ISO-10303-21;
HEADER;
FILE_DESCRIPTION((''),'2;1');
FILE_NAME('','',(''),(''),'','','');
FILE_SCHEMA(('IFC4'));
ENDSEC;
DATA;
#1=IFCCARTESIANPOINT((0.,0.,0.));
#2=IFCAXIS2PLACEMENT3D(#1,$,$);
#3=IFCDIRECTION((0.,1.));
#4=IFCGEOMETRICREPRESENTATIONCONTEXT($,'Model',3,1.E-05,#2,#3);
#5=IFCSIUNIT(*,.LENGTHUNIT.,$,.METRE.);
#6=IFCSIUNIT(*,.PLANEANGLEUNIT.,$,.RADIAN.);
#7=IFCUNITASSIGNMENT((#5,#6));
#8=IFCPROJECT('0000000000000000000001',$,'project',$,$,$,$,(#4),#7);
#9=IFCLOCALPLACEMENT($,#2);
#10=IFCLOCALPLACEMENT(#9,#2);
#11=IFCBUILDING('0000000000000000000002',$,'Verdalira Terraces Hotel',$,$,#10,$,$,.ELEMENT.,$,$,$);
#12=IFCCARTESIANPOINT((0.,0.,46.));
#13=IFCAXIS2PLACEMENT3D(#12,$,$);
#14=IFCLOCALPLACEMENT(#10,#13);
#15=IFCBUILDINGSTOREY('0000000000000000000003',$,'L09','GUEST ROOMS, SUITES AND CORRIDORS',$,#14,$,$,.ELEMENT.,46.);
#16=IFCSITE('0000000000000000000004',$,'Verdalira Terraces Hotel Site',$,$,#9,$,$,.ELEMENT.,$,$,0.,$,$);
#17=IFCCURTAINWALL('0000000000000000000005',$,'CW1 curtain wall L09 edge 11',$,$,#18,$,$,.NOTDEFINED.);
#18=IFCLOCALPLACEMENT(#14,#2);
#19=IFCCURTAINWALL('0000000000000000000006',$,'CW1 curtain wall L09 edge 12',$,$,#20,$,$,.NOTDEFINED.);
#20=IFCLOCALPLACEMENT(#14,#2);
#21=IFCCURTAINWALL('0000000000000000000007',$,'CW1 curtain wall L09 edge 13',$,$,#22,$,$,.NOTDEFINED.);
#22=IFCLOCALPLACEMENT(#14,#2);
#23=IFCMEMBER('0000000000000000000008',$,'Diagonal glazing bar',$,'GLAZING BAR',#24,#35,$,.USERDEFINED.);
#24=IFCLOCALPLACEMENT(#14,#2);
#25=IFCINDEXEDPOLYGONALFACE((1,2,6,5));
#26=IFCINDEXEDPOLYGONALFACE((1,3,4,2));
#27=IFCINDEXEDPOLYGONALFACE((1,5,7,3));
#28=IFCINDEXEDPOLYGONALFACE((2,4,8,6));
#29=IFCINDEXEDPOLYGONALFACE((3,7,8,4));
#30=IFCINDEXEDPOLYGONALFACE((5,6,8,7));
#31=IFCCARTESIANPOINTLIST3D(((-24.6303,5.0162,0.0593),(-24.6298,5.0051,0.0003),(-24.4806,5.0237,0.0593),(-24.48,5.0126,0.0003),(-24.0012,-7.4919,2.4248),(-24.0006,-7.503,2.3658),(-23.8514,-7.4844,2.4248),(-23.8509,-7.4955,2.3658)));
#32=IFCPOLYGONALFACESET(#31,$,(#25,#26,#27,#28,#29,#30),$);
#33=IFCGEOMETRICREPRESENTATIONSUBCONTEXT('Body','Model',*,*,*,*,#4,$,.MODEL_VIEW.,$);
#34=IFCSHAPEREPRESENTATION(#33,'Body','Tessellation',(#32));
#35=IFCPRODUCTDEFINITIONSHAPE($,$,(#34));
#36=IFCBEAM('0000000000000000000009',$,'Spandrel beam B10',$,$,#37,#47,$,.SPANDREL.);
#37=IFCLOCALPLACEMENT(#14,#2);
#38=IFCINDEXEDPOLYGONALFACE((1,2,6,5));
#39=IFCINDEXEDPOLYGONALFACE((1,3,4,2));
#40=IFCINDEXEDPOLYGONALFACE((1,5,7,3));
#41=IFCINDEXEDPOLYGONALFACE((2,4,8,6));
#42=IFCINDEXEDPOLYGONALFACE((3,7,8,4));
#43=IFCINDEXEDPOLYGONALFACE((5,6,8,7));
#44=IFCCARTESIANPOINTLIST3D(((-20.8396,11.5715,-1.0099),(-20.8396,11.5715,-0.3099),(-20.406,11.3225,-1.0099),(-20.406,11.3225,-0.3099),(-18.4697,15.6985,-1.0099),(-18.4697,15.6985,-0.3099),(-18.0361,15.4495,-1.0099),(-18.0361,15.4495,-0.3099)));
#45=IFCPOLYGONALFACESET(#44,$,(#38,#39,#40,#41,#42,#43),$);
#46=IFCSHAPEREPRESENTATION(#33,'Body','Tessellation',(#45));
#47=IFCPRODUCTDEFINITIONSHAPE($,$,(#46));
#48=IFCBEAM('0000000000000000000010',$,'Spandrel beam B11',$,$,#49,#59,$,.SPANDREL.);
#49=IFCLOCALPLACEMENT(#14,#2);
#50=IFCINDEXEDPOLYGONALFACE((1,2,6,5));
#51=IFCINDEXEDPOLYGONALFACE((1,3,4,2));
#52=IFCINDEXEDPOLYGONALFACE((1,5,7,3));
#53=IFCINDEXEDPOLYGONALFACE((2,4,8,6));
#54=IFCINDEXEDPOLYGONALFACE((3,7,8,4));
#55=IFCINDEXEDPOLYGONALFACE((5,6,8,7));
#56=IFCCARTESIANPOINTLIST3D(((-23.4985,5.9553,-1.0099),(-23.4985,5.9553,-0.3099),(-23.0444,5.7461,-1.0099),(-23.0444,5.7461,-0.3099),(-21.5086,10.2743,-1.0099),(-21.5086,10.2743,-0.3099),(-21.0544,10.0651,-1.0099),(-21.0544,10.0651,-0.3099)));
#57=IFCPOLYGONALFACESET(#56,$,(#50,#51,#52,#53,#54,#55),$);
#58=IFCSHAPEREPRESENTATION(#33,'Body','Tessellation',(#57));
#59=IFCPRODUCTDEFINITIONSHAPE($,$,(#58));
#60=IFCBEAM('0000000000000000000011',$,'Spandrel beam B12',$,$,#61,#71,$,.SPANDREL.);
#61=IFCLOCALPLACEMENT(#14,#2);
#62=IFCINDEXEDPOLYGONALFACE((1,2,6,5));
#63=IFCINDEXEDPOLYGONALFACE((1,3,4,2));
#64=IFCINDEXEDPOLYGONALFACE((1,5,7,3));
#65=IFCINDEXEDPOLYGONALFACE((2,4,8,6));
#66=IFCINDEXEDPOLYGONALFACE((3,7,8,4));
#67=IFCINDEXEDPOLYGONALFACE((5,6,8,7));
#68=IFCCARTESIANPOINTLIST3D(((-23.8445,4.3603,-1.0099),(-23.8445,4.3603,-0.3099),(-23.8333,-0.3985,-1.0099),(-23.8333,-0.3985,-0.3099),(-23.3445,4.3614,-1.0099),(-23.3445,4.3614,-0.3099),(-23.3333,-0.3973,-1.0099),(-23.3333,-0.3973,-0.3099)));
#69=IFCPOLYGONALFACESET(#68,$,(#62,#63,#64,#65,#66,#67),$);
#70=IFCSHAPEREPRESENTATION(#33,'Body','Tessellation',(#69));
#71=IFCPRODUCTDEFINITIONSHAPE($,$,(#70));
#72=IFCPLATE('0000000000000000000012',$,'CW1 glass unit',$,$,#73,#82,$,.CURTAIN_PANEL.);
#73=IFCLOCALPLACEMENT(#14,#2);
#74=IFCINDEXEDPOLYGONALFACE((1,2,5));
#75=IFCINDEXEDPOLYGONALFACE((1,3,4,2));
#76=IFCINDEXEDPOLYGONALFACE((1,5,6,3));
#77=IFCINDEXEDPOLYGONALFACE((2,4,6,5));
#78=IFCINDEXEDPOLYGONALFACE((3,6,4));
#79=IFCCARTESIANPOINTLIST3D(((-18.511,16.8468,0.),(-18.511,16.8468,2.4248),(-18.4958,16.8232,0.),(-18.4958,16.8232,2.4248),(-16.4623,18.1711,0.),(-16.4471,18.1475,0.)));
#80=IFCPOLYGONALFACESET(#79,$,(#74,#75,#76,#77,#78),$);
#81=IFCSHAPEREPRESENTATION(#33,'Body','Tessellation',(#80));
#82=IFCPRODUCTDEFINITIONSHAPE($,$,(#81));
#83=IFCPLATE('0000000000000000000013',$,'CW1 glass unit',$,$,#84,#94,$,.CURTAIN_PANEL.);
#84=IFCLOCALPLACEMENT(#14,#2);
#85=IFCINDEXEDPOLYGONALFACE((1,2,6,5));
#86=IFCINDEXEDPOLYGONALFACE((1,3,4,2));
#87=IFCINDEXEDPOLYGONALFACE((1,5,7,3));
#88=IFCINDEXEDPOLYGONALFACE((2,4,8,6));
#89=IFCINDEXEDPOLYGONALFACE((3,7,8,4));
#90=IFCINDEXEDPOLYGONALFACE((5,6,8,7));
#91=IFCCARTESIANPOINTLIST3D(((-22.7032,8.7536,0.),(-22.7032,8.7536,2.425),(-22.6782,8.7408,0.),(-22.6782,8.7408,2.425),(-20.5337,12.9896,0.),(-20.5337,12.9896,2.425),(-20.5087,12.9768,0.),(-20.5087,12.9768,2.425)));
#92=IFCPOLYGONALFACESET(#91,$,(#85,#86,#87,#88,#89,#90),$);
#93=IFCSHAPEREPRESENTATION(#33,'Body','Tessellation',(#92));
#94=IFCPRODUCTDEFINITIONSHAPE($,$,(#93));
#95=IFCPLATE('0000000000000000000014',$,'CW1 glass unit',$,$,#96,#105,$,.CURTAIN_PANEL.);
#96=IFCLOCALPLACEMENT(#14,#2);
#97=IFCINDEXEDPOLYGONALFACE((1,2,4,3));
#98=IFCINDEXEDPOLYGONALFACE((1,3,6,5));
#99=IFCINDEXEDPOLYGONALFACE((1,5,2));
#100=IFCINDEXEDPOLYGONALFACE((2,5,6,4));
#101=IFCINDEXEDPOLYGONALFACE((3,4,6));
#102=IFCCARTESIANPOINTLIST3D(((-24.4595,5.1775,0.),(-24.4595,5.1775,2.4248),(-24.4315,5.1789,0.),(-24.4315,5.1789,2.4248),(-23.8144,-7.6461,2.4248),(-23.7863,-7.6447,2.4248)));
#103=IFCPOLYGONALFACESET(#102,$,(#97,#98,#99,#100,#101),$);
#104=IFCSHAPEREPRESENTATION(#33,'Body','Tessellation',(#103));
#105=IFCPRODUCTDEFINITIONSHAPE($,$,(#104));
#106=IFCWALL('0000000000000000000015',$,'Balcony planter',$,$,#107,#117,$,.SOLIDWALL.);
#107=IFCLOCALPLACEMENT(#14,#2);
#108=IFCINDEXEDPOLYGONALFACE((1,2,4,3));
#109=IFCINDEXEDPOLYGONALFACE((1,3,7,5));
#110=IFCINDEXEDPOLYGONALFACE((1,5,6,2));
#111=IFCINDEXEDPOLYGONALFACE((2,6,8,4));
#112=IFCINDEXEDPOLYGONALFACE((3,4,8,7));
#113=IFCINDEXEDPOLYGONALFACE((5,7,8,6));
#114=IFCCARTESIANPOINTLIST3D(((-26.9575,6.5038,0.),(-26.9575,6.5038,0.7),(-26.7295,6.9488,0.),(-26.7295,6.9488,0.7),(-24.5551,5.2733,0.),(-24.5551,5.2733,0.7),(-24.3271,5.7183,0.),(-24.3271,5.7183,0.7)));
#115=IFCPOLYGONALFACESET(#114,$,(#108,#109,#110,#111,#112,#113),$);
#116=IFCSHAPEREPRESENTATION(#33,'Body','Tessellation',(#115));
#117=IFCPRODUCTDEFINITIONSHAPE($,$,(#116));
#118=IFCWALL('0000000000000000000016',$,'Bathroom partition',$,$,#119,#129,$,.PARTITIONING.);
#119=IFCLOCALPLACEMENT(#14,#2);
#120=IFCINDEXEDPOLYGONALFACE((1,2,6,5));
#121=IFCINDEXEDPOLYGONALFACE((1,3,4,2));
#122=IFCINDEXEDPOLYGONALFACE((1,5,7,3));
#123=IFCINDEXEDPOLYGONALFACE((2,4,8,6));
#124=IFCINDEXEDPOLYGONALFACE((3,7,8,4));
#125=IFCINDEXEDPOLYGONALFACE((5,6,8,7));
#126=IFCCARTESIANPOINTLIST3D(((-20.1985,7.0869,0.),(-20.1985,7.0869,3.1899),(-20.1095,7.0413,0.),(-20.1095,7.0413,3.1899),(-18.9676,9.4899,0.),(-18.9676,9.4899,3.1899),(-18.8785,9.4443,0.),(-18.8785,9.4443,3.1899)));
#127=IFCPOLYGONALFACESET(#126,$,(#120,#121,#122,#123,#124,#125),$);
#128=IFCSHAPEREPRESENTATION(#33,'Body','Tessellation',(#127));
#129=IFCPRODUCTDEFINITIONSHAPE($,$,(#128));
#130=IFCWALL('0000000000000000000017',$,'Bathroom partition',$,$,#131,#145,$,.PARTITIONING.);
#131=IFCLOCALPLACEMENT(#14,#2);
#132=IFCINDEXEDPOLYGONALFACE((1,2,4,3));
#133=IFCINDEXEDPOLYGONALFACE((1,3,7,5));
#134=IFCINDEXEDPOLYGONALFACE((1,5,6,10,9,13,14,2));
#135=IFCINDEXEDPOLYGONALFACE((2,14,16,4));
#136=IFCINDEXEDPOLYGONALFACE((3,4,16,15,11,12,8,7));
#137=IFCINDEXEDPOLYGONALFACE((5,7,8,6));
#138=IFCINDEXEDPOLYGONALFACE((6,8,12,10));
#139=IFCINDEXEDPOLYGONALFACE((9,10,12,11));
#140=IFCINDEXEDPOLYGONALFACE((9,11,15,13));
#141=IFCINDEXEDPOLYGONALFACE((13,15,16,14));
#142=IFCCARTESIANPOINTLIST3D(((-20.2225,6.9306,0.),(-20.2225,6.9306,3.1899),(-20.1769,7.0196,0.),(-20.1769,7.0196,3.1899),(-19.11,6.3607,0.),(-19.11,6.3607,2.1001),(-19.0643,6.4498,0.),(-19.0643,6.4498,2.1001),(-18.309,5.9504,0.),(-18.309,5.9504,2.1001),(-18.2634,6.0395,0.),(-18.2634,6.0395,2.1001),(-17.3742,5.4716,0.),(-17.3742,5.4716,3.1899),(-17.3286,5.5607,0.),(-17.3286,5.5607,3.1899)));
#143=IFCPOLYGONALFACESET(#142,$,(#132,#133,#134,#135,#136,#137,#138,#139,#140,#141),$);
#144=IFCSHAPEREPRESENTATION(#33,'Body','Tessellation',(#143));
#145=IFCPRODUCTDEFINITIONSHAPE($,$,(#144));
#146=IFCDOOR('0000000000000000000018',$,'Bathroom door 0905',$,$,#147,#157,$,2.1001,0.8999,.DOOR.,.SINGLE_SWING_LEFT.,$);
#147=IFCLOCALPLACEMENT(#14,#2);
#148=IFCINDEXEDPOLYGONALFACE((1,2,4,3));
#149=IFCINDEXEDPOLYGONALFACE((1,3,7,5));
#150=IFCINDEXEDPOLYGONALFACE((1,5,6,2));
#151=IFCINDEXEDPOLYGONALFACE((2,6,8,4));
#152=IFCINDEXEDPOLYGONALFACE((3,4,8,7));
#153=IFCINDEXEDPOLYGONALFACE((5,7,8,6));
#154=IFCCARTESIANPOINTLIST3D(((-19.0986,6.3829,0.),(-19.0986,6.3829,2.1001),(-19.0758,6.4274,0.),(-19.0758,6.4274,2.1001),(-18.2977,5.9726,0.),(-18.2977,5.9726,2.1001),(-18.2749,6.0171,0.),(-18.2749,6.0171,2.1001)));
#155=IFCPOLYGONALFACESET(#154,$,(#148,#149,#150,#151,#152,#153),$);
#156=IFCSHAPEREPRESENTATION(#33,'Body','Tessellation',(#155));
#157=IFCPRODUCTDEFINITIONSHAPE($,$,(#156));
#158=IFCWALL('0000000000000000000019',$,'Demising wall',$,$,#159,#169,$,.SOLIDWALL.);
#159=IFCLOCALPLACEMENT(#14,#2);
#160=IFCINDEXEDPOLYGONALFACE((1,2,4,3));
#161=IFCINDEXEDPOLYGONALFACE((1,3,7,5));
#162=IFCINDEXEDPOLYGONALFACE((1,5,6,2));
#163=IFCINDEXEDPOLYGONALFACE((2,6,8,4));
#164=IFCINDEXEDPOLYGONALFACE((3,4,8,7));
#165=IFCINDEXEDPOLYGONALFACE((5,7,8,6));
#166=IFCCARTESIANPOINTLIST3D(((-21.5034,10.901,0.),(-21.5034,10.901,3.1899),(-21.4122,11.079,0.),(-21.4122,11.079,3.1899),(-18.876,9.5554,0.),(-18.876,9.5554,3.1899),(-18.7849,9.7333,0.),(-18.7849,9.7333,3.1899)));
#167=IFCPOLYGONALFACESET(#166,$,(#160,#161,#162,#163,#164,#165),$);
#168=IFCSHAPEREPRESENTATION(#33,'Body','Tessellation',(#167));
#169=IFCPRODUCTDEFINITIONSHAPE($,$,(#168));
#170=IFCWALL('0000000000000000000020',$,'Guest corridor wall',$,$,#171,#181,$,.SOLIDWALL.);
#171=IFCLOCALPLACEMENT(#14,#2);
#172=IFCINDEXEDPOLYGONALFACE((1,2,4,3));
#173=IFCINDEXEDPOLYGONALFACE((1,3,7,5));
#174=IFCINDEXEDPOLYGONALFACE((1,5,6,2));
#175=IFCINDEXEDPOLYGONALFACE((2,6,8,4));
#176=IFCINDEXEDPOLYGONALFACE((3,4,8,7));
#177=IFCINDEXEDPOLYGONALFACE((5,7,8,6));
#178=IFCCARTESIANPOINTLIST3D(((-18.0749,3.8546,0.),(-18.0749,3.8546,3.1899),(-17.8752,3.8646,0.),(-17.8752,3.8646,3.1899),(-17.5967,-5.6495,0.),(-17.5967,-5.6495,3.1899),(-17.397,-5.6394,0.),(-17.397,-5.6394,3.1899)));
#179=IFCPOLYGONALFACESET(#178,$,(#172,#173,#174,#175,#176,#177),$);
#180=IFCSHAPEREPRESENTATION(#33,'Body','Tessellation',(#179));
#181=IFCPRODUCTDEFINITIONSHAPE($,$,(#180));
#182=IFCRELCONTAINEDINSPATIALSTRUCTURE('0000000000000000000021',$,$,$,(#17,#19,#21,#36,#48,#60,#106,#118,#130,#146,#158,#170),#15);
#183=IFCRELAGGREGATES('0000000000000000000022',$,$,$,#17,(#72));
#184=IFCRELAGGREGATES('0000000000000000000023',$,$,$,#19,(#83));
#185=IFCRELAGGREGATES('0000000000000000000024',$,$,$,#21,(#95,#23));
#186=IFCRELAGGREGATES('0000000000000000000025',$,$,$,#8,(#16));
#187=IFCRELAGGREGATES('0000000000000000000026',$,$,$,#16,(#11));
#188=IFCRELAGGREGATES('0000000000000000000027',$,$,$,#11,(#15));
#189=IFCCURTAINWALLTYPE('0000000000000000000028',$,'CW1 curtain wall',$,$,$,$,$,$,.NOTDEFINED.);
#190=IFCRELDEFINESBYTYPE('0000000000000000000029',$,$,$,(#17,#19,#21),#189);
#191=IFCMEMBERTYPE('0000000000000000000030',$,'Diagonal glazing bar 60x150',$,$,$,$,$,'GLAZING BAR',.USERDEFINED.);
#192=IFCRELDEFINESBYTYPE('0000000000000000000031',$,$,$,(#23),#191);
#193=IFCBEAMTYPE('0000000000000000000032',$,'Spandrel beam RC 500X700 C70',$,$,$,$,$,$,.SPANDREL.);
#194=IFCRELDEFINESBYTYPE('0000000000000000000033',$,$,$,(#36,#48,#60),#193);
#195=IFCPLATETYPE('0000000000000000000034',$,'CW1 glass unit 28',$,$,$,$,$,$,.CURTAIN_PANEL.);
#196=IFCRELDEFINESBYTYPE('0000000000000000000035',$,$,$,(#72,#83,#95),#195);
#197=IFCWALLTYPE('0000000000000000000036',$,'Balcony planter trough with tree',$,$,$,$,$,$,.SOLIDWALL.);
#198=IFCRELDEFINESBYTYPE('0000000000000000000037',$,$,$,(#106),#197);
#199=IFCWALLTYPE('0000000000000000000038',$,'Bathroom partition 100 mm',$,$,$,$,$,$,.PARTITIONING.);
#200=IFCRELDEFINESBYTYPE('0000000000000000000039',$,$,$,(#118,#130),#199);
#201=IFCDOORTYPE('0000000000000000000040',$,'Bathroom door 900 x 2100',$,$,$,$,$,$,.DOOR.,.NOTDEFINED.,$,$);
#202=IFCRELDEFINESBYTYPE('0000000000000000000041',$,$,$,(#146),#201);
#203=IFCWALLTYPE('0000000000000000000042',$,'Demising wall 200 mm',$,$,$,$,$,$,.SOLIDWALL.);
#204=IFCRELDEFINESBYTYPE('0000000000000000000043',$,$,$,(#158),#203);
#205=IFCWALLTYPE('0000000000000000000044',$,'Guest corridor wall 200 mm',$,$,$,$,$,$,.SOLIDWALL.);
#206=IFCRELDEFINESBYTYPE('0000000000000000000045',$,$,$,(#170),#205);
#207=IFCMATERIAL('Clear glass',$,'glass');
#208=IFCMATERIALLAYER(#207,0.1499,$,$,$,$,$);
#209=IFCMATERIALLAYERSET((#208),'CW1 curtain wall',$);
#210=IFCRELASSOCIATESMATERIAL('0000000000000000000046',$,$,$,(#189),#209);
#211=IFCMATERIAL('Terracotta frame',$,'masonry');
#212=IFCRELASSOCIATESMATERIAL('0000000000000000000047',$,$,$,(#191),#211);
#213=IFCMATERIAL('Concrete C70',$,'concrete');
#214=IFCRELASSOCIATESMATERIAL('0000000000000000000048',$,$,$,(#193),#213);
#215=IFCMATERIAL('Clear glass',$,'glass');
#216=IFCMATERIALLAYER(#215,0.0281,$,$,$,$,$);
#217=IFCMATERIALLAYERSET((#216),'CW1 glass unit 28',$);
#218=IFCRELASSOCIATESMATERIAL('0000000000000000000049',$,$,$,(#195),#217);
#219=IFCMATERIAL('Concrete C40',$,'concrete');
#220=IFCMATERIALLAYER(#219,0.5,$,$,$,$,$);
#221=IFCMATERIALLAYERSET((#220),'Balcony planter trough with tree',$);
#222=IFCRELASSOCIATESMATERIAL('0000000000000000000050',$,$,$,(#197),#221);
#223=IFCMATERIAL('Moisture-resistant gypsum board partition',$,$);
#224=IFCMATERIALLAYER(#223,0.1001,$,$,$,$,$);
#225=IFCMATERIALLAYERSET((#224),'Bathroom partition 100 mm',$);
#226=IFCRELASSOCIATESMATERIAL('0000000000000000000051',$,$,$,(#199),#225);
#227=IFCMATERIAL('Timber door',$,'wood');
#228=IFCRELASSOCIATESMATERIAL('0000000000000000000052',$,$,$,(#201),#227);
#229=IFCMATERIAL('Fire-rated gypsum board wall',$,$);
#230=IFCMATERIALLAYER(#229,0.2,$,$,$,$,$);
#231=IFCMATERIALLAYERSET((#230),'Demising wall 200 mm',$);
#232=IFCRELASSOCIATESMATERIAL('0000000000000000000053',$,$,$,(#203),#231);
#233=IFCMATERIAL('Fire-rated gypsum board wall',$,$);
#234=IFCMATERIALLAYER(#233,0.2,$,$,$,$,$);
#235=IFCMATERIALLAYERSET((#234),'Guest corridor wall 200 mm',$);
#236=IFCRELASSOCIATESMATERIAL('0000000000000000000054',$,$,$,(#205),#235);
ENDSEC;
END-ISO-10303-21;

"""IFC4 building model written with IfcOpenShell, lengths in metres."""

from ifc_helpers import new_model, si_unit, direction, frame, frame_2d, origin, origin_2d, place, context, subcontext, project, spatial, polyline, rectangle, outline, extrude, material, layer, layer_set, material_profile, profile_set, type_object, element, fill, aggregate, save


model = new_model("IFC4")

# Units and contexts
model_context = context("Model", 3, precision=1e-05, world=origin(), true_north=direction((0.0, 1.0)))
body_context = subcontext(model_context, "Body", "Model", "MODEL_VIEW")
ifc_project = project(units=[si_unit("LENGTHUNIT", "METRE"), si_unit("PLANEANGLEUNIT", "RADIAN")], contexts=[model_context])

# Site, building, storey
site_placement = place(None, origin())
site = spatial("IfcSite", under=ifc_project, at=site_placement, Name="Verdalira Terraces Hotel Site", CompositionType="ELEMENT", RefElevation=0.0)
building_placement = place(site_placement, origin())
building = spatial("IfcBuilding", under=site, at=building_placement, Name="Verdalira Terraces Hotel", CompositionType="ELEMENT")
storey_placement = place(building_placement, frame((0.0, 0.0, 46.0)))
storey = spatial("IfcBuildingStorey", under=building, at=storey_placement, Name="L09", Description="GUEST ROOMS, SUITES AND CORRIDORS", CompositionType="ELEMENT", Elevation=46.0)

# Curtain wall
ifc_material_1 = material(Name="Clear glass", Category="glass")
ifc_layer_1 = layer(ifc_material_1, 0.1499)
ifc_layer_set_1 = layer_set([ifc_layer_1], Name="CW1 curtain wall")
curtain_wall_type = type_object("IfcCurtainWallType", Name="CW1 curtain wall", PredefinedType="NOTDEFINED", material=ifc_layer_set_1)
curtain_wall_1_placement = place(storey_placement, origin())
curtain_wall_1 = element("IfcCurtainWall", 1, at=curtain_wall_1_placement, inside=storey, type_object=curtain_wall_type, Name="CW1 curtain wall L09 edge 11", PredefinedType="NOTDEFINED")

# Curtain wall
curtain_wall_2_placement = place(storey_placement, origin())
curtain_wall_2 = element("IfcCurtainWall", 2, at=curtain_wall_2_placement, inside=storey, type_object=curtain_wall_type, Name="CW1 curtain wall L09 edge 12", PredefinedType="NOTDEFINED")

# Curtain wall
curtain_wall_3_placement = place(storey_placement, origin())
curtain_wall_3 = element("IfcCurtainWall", 3, at=curtain_wall_3_placement, inside=storey, type_object=curtain_wall_type, Name="CW1 curtain wall L09 edge 13", PredefinedType="NOTDEFINED")

# Member
ifc_material_2 = material(Name="Terracotta frame", Category="masonry")
ifc_material_profile_1 = material_profile(ifc_material_2, rectangle(XDim=0.1499, YDim=0.0601, at=origin_2d()), Name="GB 60x150")
ifc_profile_set_1 = profile_set([ifc_material_profile_1], Name="Terracotta frame")
member_type_1 = type_object("IfcMemberType", Name="Diagonal glazing bar 60x150", ElementType="GLAZING BAR", PredefinedType="USERDEFINED", material=ifc_profile_set_1)
member_1_placement = place(storey_placement, frame((-24.5552, 5.0144, 0.0298), z_axis=(0.049363, -0.981385, 0.185596), x_axis=(0.998737, 0.050236, 0.0)))
member_1 = element("IfcMember", 4, at=member_1_placement, type_object=member_type_1, Name="Diagonal glazing bar", ObjectType="GLAZING BAR", PredefinedType="USERDEFINED", context=body_context, shape_type="SweptSolid", body=[
    extrude(rectangle(XDim=0.1499, YDim=0.0601, at=origin_2d()), origin(), (0.0, 0.0, 1.0), 12.7454),
])

# Beams
ifc_material_3 = material(Name="Concrete C70", Category="concrete")
ifc_material_profile_2 = material_profile(ifc_material_3, rectangle(XDim=0.5, YDim=0.7, at=origin_2d()), Name="RC 500X700")
ifc_profile_set_2 = profile_set([ifc_material_profile_2], Name="Concrete C70")
beam_type_1 = type_object("IfcBeamType", Name="Spandrel beam RC 500X700 C70", PredefinedType="SPANDREL", material=ifc_profile_set_2)
beam_1_placement = place(storey_placement, frame((-18.2529, 15.574, -0.6599), z_axis=(-0.497978, -0.86719, 0.0), x_axis=(0.86719, -0.497978, 0.0)))
element("IfcBeam", 5, at=beam_1_placement, inside=storey, type_object=beam_type_1, Name="Spandrel beam B10", PredefinedType="SPANDREL", context=body_context, shape_type="SweptSolid", body=[
    extrude(rectangle(XDim=0.5, YDim=0.7, at=origin_2d()), origin(), (0.0, 0.0, 1.0), 4.759),
])
beam_2_placement = place(storey_placement, frame((-21.2815, 10.1697, -0.6599), z_axis=(-0.418462, -0.908234, 0.0), x_axis=(0.908234, -0.418462, 0.0)))
element("IfcBeam", 6, at=beam_2_placement, inside=storey, type_object=beam_type_1, Name="Spandrel beam B11", PredefinedType="SPANDREL", context=body_context, shape_type="SweptSolid", body=[
    extrude(rectangle(XDim=0.5, YDim=0.7, at=origin_2d()), origin(), (0.0, 0.0, 1.0), 4.7554),
])
beam_3_placement = place(storey_placement, frame((-23.5945, 4.3608, -0.6599), z_axis=(0.00236, -0.999997, 0.0), x_axis=(0.999997, 0.00236, 0.0)))
element("IfcBeam", 7, at=beam_3_placement, inside=storey, type_object=beam_type_1, Name="Spandrel beam B12", PredefinedType="SPANDREL", context=body_context, shape_type="SweptSolid", body=[
    extrude(rectangle(XDim=0.5, YDim=0.7, at=origin_2d()), origin(), (0.0, 0.0, 1.0), 4.7588),
])

# Plates
ifc_material_4 = material(Name="Clear glass", Category="glass")
ifc_layer_2 = layer(ifc_material_4, 0.0281)
ifc_layer_set_2 = layer_set([ifc_layer_2], Name="CW1 glass unit 28")
plate_type = type_object("IfcPlateType", Name="CW1 glass unit 28", PredefinedType="CURTAIN_PANEL", material=ifc_layer_set_2)
plate_1_placement = place(storey_placement, frame((-17.4714, 17.4854, 1.2124), z_axis=(-0.542881, 0.839809, 0.0), x_axis=(-0.839809, -0.542881, 0.0)))
plate_1 = element("IfcPlate", 8, at=plate_1_placement, type_object=plate_type, Name="CW1 glass unit", PredefinedType="CURTAIN_PANEL", context=body_context, shape_type="SweptSolid", body=[
    extrude(outline(polyline([(-1.2197, -1.2124), (1.2197, -1.2124), (1.2197, 1.2124), (-1.2197, -1.2124)])), origin(), (0.0, 0.0, 1.0), 0.0281),
])
aggregate(curtain_wall_1, [plate_1])
plate_2_placement = place(storey_placement, frame((-21.606, 10.8652, 0.0), z_axis=(0.0, 0.0, 1.0), x_axis=(-0.455856, -0.890054, 0.0)))
plate_2 = element("IfcPlate", 9, at=plate_2_placement, type_object=plate_type, Name="CW1 glass unit", PredefinedType="CURTAIN_PANEL", context=body_context, shape_type="SweptSolid", body=[
    extrude(rectangle(XDim=4.7593, YDim=0.0281, at=origin_2d()), origin(), (0.0, 0.0, 1.0), 2.425),
])
aggregate(curtain_wall_2, [plate_2])
plate_3_placement = place(storey_placement, frame((-24.1089, -1.2329, 1.2124), z_axis=(-0.998737, -0.050244, 0.0), x_axis=(0.050244, -0.998737, 0.0)))
plate_3 = element("IfcPlate", 10, at=plate_3_placement, type_object=plate_type, Name="CW1 glass unit", PredefinedType="CURTAIN_PANEL", context=body_context, shape_type="SweptSolid", body=[
    extrude(outline(polyline([(-6.4199, -1.2124), (6.4199, 1.2124), (-6.4199, 1.2124), (-6.4199, -1.2124)])), origin(), (0.0, 0.0, 1.0), 0.0281),
])
aggregate(curtain_wall_3, [plate_3, member_1])

# Walls
ifc_material_5 = material(Name="Concrete C40", Category="concrete")
ifc_layer_3 = layer(ifc_material_5, 0.5)
ifc_layer_set_3 = layer_set([ifc_layer_3], Name="Balcony planter trough with tree")
wall_type_1 = type_object("IfcWallType", Name="Balcony planter trough with tree", PredefinedType="SOLIDWALL", material=ifc_layer_set_3)
wall_1_placement = place(storey_placement, frame((-26.8435, 6.7263, 0.0), z_axis=(0.0, 0.0, 1.0), x_axis=(0.890043, -0.455876, 0.0)))
element("IfcWall", 11, at=wall_1_placement, inside=storey, type_object=wall_type_1, Name="Balcony planter", PredefinedType="SOLIDWALL", context=body_context, shape_type="SweptSolid", body=[
    extrude(rectangle(XDim=2.6992, YDim=0.5, at=frame_2d((1.3496, 0.0))), origin(), (0.0, 0.0, 1.0), 0.7),
])
ifc_material_6 = material(Name="Moisture-resistant gypsum board partition")
ifc_layer_4 = layer(ifc_material_6, 0.1001)
ifc_layer_set_4 = layer_set([ifc_layer_4], Name="Bathroom partition 100 mm")
wall_type_2 = type_object("IfcWallType", Name="Bathroom partition 100 mm", PredefinedType="PARTITIONING", material=ifc_layer_set_4)
wall_2_placement = place(storey_placement, frame((-20.1541, 7.064, 0.0), z_axis=(0.0, 0.0, 1.0), x_axis=(0.455909, 0.890026, 0.0)))
element("IfcWall", 12, at=wall_2_placement, inside=storey, type_object=wall_type_2, Name="Bathroom partition", PredefinedType="PARTITIONING", context=body_context, shape_type="SweptSolid", body=[
    extrude(rectangle(XDim=2.7, YDim=0.1001, at=frame_2d((1.3501, 0.0))), origin(), (0.0, 0.0, 1.0), 3.1899),
])

# Wall, opening, door
wall_3_placement = place(storey_placement, frame((-20.1997, 6.9751, 0.0), z_axis=(0.0, 0.0, 1.0), x_axis=(0.890037, -0.455889, 0.0)))
wall_3 = element("IfcWall", 13, at=wall_3_placement, inside=storey, type_object=wall_type_2, Name="Bathroom partition", PredefinedType="PARTITIONING", context=body_context, shape_type="SweptSolid", body=[
    extrude(rectangle(XDim=3.2002, YDim=0.1001, at=frame_2d((1.6001, 0.0))), origin(), (0.0, 0.0, 1.0), 3.1899),
])
opening_1_placement = place(wall_3_placement, frame((1.25, 0.0, 0.0)))
opening_1 = element("IfcOpeningElement", 14, at=opening_1_placement, cuts=wall_3, PredefinedType="OPENING", context=body_context, shape_type="SweptSolid", body=[
    extrude(rectangle(XDim=0.8999, YDim=2.1001, at=frame_2d((0.45, 1.05))), frame((0.0, 0.0601, 0.0), z_axis=(0.0, -1.0, 0.0), x_axis=(1.0, 0.0, 0.0)), (0.0, 0.0, 1.0), 0.1201),
])
ifc_material_7 = material(Name="Timber door", Category="wood")
door_type_1 = type_object("IfcDoorType", Name="Bathroom door 900 x 2100", OperationType="NOTDEFINED", PredefinedType="DOOR", material=ifc_material_7)
door_1_placement = place(opening_1_placement, origin())
door_1 = element("IfcDoor", 15, at=door_1_placement, inside=storey, type_object=door_type_1, Name="Bathroom door 0905", OperationType="SINGLE_SWING_LEFT", OverallHeight=2.1001, OverallWidth=0.8999, PredefinedType="DOOR", context=body_context, shape_type="SweptSolid", body=[
    extrude(rectangle(XDim=0.8999, YDim=2.1001, at=frame_2d((0.45, 1.05))), frame((0.0, 0.0249, 0.0), z_axis=(0.0, -1.0, 0.0), x_axis=(1.0, 0.0, 0.0)), (0.0, 0.0, 1.0), 0.05),
])
fill(opening_1, door_1)

# Walls
ifc_material_8 = material(Name="Fire-rated gypsum board wall")
ifc_layer_5 = layer(ifc_material_8, 0.2)
ifc_layer_set_5 = layer_set([ifc_layer_5], Name="Demising wall 200 mm")
wall_type_3 = type_object("IfcWallType", Name="Demising wall 200 mm", PredefinedType="SOLIDWALL", material=ifc_layer_set_5)
wall_4_placement = place(storey_placement, frame((-18.8303, 9.6443, 0.0), z_axis=(0.0, 0.0, 1.0), x_axis=(-0.890052, 0.45586, 0.0)))
element("IfcWall", 16, at=wall_4_placement, inside=storey, type_object=wall_type_3, Name="Demising wall", PredefinedType="SOLIDWALL", context=body_context, shape_type="SweptSolid", body=[
    extrude(rectangle(XDim=2.9519, YDim=0.2, at=frame_2d((1.4761, 0.0))), origin(), (0.0, 0.0, 1.0), 3.1899),
])
ifc_material_9 = material(Name="Fire-rated gypsum board wall")
ifc_layer_6 = layer(ifc_material_9, 0.2)
ifc_layer_set_6 = layer_set([ifc_layer_6], Name="Guest corridor wall 200 mm")
wall_type_4 = type_object("IfcWallType", Name="Guest corridor wall 200 mm", PredefinedType="SOLIDWALL", material=ifc_layer_set_6)
wall_5_placement = place(storey_placement, frame((-17.9751, 3.8596, 0.0), z_axis=(0.0, 0.0, 1.0), x_axis=(0.050259, -0.998736, 0.0)))
element("IfcWall", 17, at=wall_5_placement, inside=storey, type_object=wall_type_4, Name="Guest corridor wall", PredefinedType="SOLIDWALL", context=body_context, shape_type="SweptSolid", body=[
    extrude(rectangle(XDim=9.5161, YDim=0.2, at=frame_2d((4.7581, 0.0))), origin(), (0.0, 0.0, 1.0), 3.1899),
])

save(model, "model.ifc")
